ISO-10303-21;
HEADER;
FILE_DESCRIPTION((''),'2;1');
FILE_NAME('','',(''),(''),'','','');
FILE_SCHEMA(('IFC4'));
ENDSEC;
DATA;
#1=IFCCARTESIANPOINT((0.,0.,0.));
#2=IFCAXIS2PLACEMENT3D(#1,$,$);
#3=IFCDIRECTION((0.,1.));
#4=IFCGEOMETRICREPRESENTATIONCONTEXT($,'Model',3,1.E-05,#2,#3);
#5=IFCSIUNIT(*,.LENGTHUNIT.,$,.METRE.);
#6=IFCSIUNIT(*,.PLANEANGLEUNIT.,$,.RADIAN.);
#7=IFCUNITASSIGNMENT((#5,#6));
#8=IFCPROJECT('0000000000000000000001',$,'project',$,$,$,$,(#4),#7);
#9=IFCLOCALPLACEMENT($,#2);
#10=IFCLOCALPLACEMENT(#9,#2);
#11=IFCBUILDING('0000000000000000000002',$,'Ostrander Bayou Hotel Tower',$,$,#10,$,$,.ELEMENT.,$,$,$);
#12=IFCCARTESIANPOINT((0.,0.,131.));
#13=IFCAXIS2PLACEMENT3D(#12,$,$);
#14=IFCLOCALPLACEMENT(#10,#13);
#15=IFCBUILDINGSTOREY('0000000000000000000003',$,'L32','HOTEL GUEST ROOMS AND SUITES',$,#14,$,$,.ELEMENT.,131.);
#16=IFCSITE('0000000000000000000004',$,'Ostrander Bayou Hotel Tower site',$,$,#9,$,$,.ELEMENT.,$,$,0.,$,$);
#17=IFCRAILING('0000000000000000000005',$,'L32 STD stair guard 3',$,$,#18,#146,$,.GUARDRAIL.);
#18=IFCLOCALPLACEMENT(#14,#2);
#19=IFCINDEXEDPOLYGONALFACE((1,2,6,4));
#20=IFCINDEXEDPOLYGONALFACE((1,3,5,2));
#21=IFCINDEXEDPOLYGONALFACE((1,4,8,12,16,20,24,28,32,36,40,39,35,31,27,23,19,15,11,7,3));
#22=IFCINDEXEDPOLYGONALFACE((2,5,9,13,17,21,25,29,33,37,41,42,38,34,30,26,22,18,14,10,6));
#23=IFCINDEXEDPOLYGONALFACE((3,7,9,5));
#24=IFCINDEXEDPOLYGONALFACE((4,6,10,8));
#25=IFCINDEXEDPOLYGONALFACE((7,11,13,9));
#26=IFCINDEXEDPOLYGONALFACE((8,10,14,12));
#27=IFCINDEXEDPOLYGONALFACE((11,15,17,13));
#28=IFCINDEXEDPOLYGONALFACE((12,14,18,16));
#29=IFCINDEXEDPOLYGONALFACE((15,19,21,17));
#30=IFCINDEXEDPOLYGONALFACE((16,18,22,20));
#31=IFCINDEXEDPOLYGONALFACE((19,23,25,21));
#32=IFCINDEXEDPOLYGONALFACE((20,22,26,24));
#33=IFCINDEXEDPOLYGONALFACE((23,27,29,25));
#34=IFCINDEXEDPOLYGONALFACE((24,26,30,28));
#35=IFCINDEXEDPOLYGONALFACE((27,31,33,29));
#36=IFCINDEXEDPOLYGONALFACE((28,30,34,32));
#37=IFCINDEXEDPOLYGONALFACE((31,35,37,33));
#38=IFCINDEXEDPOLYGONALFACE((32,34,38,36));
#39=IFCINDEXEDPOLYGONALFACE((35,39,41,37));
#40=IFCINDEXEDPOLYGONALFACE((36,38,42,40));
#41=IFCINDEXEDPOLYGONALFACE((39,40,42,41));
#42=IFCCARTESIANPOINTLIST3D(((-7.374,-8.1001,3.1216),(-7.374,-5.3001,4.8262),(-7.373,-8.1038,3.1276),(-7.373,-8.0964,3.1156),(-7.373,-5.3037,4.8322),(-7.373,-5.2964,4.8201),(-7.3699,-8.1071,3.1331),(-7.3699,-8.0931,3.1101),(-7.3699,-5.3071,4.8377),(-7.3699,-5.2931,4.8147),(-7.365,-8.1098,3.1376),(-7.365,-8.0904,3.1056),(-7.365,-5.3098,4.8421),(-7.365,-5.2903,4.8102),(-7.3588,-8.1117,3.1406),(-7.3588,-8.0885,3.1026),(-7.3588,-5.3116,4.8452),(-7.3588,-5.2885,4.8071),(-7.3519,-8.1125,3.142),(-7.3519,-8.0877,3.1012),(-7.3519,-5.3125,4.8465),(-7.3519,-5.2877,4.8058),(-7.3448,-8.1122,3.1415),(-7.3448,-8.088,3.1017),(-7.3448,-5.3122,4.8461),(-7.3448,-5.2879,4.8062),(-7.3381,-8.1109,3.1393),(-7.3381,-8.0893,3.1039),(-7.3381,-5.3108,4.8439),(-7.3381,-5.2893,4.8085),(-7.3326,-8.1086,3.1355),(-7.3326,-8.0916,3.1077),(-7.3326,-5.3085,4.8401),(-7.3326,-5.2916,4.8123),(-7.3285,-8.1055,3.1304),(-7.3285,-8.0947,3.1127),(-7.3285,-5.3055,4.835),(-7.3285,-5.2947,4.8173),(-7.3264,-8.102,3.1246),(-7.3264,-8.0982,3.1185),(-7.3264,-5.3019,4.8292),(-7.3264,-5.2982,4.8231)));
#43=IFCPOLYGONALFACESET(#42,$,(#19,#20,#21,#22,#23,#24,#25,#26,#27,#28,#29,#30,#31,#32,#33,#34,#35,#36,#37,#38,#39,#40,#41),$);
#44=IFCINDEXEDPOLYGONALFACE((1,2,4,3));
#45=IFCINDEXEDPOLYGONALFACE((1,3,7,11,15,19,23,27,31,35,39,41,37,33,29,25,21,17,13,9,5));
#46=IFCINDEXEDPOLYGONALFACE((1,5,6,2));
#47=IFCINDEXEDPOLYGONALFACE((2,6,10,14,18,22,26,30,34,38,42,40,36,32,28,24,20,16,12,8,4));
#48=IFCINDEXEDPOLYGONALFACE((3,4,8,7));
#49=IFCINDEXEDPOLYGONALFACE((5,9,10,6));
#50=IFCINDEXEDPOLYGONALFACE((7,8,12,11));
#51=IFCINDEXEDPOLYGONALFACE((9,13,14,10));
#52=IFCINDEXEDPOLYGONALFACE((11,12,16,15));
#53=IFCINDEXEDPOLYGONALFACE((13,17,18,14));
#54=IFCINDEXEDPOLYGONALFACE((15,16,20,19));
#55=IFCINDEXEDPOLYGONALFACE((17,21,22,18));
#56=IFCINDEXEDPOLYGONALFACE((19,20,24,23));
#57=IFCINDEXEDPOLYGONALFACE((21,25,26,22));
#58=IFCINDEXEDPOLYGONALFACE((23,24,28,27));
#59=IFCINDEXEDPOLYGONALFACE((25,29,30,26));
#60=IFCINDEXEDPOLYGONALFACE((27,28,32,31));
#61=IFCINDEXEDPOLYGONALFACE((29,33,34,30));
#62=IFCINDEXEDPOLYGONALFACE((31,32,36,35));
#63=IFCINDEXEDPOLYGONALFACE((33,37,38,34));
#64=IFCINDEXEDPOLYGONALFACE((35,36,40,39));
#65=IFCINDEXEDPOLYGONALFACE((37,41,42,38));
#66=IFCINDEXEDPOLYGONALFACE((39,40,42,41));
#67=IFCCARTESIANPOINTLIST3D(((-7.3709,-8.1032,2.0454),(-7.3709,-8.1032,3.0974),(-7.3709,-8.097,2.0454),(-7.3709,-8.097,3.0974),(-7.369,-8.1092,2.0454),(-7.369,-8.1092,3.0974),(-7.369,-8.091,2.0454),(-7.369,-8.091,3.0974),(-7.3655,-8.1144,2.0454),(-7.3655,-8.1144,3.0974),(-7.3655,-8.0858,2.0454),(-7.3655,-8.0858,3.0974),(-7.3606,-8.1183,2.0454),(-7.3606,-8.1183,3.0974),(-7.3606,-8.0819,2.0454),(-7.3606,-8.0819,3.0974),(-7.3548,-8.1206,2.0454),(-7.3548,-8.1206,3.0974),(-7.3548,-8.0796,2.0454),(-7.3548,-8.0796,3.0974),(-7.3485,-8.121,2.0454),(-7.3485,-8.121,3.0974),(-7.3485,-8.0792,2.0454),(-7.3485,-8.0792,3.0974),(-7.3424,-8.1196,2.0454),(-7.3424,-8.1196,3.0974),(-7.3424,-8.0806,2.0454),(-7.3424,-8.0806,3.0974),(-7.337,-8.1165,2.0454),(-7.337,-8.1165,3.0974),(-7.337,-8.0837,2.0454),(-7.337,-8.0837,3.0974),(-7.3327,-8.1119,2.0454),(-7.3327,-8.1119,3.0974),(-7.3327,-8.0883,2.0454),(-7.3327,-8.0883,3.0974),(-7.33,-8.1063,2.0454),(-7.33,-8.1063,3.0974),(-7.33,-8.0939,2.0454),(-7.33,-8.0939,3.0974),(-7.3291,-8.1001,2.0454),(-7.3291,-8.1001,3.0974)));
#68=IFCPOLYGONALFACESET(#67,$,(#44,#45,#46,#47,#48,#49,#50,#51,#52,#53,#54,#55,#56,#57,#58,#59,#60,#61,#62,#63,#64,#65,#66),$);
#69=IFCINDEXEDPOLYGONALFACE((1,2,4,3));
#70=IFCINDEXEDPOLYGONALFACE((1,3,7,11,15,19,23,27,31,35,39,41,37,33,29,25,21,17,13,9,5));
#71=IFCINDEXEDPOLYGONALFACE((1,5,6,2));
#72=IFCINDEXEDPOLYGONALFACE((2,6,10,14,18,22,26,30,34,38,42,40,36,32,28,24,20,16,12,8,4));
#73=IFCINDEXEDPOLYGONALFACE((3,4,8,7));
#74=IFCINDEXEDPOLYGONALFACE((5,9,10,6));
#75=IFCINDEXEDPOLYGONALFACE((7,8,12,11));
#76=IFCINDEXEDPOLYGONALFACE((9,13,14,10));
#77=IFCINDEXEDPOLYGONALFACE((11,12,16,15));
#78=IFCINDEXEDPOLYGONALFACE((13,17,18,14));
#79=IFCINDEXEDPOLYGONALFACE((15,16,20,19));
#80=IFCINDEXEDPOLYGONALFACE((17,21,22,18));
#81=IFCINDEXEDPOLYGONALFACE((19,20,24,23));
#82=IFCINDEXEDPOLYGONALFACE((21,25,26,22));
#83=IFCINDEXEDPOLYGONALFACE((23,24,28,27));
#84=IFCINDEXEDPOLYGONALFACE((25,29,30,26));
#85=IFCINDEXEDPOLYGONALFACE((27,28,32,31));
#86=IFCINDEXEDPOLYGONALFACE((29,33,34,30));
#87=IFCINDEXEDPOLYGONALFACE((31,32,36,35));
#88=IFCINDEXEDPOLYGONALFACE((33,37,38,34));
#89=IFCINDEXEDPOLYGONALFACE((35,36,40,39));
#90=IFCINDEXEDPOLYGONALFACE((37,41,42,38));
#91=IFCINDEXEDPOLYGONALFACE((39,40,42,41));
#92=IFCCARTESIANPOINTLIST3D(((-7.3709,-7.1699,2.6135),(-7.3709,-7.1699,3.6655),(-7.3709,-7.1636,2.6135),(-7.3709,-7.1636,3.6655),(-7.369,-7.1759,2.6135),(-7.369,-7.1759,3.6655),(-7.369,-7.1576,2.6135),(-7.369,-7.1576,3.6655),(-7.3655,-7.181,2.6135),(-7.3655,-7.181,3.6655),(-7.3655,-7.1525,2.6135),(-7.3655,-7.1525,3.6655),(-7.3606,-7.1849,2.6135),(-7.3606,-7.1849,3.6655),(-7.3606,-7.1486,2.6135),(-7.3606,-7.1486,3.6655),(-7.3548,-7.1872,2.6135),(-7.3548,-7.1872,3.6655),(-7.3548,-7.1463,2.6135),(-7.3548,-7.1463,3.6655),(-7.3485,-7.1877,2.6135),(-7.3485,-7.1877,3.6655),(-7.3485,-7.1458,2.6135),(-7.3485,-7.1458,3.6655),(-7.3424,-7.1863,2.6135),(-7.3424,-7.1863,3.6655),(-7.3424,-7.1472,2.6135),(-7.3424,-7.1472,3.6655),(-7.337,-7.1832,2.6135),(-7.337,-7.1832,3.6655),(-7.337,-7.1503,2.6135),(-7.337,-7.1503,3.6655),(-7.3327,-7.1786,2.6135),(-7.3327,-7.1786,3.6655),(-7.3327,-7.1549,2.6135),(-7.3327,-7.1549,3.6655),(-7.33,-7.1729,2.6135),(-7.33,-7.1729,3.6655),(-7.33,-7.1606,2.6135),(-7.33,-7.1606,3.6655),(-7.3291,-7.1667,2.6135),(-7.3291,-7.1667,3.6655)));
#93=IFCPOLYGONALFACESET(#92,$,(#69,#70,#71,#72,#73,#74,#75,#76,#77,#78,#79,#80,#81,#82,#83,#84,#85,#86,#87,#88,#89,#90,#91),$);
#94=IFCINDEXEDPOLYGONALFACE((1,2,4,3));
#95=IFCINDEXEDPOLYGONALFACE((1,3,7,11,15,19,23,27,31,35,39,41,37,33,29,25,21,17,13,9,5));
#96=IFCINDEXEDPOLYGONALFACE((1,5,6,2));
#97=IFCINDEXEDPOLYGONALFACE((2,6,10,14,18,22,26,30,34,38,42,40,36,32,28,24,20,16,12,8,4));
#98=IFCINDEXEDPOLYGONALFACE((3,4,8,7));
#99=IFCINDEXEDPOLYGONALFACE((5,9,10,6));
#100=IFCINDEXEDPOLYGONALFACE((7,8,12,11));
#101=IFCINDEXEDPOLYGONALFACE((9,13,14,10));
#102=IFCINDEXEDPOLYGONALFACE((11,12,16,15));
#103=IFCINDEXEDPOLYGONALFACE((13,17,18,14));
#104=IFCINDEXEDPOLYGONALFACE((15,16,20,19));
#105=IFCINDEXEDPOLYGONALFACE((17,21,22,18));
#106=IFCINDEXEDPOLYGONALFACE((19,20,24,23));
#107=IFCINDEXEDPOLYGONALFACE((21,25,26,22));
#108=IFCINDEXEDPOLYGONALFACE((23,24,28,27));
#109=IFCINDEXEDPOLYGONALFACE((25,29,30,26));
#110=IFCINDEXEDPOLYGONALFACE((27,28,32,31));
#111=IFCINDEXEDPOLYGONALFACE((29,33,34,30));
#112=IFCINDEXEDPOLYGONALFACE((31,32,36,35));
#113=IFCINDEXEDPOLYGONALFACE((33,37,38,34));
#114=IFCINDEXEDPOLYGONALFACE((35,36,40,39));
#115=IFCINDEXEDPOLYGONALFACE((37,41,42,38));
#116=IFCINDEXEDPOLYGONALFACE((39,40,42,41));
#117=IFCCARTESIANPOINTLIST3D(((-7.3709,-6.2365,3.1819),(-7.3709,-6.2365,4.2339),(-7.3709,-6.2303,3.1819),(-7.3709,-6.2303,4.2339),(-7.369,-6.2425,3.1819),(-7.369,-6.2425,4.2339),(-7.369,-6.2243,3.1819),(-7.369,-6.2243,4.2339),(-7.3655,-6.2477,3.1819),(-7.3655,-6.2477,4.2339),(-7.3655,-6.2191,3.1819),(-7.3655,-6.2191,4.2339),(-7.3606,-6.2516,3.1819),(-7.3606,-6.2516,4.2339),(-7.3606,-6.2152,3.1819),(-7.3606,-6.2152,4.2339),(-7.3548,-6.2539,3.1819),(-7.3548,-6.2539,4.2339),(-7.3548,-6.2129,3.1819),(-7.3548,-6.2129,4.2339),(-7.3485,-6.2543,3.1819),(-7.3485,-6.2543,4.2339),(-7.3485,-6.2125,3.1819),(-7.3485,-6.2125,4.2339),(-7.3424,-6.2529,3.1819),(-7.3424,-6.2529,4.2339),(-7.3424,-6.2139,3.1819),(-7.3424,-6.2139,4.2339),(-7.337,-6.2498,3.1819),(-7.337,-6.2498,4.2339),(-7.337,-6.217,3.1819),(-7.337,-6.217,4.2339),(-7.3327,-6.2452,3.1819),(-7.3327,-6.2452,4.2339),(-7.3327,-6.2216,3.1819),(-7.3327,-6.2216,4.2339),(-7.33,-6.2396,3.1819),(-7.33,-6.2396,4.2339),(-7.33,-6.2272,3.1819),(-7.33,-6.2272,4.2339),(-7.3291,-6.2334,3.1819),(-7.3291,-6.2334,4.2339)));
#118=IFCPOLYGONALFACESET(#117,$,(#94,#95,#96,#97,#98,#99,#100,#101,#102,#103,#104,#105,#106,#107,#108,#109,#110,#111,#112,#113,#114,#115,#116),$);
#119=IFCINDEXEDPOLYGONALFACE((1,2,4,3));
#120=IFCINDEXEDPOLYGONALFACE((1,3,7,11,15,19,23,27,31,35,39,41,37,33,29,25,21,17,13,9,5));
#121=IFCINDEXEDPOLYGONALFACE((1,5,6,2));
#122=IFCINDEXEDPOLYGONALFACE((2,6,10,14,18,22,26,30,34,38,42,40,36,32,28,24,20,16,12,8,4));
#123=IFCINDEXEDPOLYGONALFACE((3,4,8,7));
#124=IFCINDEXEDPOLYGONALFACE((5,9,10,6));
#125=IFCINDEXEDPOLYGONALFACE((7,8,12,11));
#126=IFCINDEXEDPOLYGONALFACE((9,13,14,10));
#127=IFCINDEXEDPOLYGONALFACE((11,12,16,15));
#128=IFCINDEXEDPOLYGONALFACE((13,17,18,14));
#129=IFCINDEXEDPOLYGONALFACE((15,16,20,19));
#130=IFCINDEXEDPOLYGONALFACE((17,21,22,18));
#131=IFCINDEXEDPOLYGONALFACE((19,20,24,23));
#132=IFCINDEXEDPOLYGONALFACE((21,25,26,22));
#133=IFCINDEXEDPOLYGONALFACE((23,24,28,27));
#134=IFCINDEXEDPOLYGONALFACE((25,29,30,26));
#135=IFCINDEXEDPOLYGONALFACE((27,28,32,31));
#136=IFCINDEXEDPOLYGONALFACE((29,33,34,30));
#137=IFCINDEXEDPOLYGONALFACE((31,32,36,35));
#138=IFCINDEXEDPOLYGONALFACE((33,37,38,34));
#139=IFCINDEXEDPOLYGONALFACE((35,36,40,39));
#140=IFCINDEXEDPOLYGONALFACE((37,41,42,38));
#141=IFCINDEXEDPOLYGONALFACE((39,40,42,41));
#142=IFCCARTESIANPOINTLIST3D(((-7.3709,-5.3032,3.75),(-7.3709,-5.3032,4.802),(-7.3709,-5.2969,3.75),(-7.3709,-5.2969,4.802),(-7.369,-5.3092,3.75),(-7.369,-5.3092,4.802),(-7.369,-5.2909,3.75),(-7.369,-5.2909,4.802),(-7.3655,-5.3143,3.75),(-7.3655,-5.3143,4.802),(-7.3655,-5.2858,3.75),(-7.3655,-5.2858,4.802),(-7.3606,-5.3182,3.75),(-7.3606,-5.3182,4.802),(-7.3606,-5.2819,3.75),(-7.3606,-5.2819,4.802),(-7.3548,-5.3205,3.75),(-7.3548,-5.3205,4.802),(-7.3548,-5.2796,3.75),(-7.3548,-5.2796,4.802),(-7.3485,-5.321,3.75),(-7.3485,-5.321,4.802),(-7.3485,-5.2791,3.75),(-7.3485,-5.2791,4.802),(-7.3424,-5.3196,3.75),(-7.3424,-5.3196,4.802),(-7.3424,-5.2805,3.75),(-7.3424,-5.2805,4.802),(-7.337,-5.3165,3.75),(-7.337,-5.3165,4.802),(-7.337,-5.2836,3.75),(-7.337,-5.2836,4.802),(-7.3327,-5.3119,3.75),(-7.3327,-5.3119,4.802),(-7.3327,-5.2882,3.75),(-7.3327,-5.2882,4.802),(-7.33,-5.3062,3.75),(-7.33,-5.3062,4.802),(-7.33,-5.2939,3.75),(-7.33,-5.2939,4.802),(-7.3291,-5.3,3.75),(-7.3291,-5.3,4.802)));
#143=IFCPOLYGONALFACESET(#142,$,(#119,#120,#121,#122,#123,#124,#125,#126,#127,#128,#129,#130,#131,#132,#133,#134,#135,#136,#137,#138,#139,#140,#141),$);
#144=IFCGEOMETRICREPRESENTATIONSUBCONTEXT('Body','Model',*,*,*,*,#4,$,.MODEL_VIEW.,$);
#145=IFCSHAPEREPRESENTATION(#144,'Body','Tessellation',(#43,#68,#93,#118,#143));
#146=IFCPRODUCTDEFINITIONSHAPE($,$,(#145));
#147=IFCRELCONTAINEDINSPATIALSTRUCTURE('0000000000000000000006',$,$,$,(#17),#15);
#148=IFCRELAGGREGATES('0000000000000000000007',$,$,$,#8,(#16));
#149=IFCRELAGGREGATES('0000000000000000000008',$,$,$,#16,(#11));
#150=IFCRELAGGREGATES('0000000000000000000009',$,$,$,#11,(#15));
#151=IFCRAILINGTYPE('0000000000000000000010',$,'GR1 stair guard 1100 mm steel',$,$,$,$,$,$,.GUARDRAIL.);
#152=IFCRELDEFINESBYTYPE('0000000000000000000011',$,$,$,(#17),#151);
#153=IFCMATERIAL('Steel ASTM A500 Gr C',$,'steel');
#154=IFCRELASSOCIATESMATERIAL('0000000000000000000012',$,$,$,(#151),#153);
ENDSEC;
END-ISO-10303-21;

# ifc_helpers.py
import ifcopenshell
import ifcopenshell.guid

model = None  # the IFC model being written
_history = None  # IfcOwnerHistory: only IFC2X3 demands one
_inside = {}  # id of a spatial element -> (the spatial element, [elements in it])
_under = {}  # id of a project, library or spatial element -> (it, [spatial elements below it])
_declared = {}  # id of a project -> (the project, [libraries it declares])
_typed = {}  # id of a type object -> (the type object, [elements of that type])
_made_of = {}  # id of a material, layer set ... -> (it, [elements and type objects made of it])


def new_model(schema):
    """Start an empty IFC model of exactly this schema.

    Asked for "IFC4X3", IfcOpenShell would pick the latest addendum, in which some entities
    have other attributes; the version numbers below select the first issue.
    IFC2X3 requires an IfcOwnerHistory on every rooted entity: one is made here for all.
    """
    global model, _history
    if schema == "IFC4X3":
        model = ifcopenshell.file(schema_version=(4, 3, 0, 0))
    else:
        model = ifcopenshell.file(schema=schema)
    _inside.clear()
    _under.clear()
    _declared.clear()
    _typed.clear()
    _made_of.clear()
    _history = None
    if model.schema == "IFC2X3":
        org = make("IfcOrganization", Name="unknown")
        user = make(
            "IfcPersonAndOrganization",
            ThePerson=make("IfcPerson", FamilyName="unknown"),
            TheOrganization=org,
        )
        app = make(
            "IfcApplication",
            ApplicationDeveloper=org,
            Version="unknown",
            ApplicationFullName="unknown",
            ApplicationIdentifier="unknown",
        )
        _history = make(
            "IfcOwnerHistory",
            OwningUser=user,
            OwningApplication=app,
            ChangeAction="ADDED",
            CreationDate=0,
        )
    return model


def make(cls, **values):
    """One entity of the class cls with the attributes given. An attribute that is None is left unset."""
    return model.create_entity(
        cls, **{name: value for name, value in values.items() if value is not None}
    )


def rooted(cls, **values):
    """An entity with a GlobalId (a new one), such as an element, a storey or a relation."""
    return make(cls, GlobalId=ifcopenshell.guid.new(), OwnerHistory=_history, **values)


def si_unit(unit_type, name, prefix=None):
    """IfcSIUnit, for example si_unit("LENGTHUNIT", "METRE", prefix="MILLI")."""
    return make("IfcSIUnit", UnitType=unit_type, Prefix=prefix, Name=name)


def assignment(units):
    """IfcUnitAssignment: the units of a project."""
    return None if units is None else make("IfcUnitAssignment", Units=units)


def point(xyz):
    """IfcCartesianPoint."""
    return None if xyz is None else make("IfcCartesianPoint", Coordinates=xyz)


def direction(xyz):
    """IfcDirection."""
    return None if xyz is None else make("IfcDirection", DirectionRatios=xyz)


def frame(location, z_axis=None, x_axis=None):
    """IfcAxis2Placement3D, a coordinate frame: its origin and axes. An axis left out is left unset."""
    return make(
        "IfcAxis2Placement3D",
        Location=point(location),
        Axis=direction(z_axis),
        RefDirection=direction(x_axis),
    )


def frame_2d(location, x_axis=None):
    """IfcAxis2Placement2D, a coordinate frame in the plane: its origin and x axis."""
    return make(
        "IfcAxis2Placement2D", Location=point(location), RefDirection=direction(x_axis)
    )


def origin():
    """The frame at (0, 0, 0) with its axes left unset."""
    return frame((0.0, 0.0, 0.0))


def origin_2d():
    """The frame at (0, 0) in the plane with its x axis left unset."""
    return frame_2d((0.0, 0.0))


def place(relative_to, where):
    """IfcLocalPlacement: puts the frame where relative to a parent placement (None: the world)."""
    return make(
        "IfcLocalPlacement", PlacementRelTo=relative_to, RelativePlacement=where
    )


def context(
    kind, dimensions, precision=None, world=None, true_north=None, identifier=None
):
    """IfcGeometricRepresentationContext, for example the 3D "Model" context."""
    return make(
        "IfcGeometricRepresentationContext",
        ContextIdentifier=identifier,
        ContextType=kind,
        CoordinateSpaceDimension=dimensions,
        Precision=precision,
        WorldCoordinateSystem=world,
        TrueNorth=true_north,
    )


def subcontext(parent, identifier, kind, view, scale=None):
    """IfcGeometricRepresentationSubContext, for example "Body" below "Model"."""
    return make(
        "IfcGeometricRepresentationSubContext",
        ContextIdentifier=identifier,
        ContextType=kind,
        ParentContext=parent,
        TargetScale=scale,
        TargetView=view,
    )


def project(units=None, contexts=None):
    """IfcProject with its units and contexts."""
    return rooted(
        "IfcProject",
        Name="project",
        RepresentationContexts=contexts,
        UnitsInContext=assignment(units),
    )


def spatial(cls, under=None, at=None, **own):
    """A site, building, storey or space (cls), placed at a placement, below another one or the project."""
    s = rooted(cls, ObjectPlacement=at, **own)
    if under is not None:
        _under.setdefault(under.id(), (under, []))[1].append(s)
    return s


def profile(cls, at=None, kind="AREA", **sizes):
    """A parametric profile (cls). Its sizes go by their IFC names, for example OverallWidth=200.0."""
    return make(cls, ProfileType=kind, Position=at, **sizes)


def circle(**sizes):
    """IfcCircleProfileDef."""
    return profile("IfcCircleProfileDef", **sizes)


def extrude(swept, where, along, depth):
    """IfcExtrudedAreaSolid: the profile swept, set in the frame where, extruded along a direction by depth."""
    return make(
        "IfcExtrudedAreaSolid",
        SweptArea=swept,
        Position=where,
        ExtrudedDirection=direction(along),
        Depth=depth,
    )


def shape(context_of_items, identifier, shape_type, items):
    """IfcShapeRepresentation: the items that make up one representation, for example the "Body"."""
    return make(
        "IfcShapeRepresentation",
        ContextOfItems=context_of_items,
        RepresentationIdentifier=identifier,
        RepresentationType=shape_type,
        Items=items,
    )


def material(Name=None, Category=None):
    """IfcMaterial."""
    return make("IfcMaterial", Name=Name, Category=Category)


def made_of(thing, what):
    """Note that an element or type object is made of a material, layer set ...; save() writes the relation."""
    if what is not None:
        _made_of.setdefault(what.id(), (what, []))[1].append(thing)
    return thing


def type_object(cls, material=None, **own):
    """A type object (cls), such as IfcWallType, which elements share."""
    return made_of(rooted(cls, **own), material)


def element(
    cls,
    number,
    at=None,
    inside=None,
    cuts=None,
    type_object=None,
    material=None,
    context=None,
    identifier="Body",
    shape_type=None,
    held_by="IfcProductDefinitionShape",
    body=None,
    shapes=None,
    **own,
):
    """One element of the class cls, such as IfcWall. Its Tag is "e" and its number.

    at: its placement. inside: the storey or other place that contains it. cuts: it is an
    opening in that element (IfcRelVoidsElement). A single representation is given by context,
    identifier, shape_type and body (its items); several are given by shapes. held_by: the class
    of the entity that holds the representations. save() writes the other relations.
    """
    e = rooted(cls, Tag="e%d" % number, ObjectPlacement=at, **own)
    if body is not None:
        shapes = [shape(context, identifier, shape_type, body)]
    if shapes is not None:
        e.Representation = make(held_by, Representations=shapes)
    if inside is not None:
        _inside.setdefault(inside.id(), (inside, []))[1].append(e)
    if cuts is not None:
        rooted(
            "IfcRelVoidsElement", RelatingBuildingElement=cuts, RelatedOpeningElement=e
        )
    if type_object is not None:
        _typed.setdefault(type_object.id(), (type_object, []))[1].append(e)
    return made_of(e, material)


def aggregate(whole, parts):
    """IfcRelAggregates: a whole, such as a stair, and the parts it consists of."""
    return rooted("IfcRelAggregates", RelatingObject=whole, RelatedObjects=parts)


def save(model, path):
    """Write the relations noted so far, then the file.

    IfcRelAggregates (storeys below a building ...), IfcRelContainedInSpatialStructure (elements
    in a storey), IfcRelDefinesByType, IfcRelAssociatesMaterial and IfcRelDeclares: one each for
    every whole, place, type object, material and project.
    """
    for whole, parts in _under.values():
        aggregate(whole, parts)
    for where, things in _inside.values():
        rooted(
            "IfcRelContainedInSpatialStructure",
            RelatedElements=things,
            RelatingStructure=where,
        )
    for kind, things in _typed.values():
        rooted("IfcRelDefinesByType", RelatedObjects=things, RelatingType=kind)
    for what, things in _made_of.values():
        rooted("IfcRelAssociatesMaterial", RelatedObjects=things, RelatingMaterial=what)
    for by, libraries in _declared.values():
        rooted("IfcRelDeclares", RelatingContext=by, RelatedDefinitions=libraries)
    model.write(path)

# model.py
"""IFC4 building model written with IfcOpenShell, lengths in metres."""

from ifc_helpers import new_model, si_unit, direction, frame, origin, origin_2d, place, context, subcontext, project, spatial, circle, extrude, material, type_object, element, save


model = new_model("IFC4")

# Units and contexts
model_context = context("Model", 3, precision=1e-05, world=origin(), true_north=direction((0.0, 1.0)))
body_context = subcontext(model_context, "Body", "Model", "MODEL_VIEW")
ifc_project = project(units=[si_unit("LENGTHUNIT", "METRE"), si_unit("PLANEANGLEUNIT", "RADIAN")], contexts=[model_context])

# Site, building, storey
site_placement = place(None, origin())
site = spatial("IfcSite", under=ifc_project, at=site_placement, Name="Ostrander Bayou Hotel Tower site", CompositionType="ELEMENT", RefElevation=0.0)
building_placement = place(site_placement, origin())
building = spatial("IfcBuilding", under=site, at=building_placement, Name="Ostrander Bayou Hotel Tower", CompositionType="ELEMENT")
storey_placement = place(building_placement, frame((0.0, 0.0, 131.0)))
storey = spatial("IfcBuildingStorey", under=building, at=storey_placement, Name="L32", Description="HOTEL GUEST ROOMS AND SUITES", CompositionType="ELEMENT", Elevation=131.0)

# Railing
ifc_material_1 = material(Name="Steel ASTM A500 Gr C", Category="steel")
railing_type = type_object("IfcRailingType", Name="GR1 stair guard 1100 mm steel", PredefinedType="GUARDRAIL", material=ifc_material_1)
railing_1_placement = place(storey_placement, frame((-7.3501, -8.1001, 2.0454)))
element("IfcRailing", 1, at=railing_1_placement, inside=storey, type_object=railing_type, Name="L32 STD stair guard 3", PredefinedType="GUARDRAIL", context=body_context, shape_type="SweptSolid", body=[
    extrude(circle(Radius=0.0239, at=origin_2d()), frame((0.0, 0.0, 1.0762), z_axis=(0.0, 0.85417, 0.519994), x_axis=(-1.0, 0.0, 0.0)), (0.0, 0.0, 1.0), 3.2781),
    extrude(circle(Radius=0.021, at=origin_2d()), origin(), (0.0, 0.0, 1.0), 1.052),
    extrude(circle(Radius=0.021, at=origin_2d()), frame((0.0, 0.9333, 0.5681)), (0.0, 0.0, 1.0), 1.052),
    extrude(circle(Radius=0.021, at=origin_2d()), frame((0.0, 1.8667, 1.1365)), (0.0, 0.0, 1.0), 1.052),
    extrude(circle(Radius=0.021, at=origin_2d()), frame((0.0, 2.8, 1.7046)), (0.0, 0.0, 1.0), 1.052),
])

save(model, "model.ifc")
